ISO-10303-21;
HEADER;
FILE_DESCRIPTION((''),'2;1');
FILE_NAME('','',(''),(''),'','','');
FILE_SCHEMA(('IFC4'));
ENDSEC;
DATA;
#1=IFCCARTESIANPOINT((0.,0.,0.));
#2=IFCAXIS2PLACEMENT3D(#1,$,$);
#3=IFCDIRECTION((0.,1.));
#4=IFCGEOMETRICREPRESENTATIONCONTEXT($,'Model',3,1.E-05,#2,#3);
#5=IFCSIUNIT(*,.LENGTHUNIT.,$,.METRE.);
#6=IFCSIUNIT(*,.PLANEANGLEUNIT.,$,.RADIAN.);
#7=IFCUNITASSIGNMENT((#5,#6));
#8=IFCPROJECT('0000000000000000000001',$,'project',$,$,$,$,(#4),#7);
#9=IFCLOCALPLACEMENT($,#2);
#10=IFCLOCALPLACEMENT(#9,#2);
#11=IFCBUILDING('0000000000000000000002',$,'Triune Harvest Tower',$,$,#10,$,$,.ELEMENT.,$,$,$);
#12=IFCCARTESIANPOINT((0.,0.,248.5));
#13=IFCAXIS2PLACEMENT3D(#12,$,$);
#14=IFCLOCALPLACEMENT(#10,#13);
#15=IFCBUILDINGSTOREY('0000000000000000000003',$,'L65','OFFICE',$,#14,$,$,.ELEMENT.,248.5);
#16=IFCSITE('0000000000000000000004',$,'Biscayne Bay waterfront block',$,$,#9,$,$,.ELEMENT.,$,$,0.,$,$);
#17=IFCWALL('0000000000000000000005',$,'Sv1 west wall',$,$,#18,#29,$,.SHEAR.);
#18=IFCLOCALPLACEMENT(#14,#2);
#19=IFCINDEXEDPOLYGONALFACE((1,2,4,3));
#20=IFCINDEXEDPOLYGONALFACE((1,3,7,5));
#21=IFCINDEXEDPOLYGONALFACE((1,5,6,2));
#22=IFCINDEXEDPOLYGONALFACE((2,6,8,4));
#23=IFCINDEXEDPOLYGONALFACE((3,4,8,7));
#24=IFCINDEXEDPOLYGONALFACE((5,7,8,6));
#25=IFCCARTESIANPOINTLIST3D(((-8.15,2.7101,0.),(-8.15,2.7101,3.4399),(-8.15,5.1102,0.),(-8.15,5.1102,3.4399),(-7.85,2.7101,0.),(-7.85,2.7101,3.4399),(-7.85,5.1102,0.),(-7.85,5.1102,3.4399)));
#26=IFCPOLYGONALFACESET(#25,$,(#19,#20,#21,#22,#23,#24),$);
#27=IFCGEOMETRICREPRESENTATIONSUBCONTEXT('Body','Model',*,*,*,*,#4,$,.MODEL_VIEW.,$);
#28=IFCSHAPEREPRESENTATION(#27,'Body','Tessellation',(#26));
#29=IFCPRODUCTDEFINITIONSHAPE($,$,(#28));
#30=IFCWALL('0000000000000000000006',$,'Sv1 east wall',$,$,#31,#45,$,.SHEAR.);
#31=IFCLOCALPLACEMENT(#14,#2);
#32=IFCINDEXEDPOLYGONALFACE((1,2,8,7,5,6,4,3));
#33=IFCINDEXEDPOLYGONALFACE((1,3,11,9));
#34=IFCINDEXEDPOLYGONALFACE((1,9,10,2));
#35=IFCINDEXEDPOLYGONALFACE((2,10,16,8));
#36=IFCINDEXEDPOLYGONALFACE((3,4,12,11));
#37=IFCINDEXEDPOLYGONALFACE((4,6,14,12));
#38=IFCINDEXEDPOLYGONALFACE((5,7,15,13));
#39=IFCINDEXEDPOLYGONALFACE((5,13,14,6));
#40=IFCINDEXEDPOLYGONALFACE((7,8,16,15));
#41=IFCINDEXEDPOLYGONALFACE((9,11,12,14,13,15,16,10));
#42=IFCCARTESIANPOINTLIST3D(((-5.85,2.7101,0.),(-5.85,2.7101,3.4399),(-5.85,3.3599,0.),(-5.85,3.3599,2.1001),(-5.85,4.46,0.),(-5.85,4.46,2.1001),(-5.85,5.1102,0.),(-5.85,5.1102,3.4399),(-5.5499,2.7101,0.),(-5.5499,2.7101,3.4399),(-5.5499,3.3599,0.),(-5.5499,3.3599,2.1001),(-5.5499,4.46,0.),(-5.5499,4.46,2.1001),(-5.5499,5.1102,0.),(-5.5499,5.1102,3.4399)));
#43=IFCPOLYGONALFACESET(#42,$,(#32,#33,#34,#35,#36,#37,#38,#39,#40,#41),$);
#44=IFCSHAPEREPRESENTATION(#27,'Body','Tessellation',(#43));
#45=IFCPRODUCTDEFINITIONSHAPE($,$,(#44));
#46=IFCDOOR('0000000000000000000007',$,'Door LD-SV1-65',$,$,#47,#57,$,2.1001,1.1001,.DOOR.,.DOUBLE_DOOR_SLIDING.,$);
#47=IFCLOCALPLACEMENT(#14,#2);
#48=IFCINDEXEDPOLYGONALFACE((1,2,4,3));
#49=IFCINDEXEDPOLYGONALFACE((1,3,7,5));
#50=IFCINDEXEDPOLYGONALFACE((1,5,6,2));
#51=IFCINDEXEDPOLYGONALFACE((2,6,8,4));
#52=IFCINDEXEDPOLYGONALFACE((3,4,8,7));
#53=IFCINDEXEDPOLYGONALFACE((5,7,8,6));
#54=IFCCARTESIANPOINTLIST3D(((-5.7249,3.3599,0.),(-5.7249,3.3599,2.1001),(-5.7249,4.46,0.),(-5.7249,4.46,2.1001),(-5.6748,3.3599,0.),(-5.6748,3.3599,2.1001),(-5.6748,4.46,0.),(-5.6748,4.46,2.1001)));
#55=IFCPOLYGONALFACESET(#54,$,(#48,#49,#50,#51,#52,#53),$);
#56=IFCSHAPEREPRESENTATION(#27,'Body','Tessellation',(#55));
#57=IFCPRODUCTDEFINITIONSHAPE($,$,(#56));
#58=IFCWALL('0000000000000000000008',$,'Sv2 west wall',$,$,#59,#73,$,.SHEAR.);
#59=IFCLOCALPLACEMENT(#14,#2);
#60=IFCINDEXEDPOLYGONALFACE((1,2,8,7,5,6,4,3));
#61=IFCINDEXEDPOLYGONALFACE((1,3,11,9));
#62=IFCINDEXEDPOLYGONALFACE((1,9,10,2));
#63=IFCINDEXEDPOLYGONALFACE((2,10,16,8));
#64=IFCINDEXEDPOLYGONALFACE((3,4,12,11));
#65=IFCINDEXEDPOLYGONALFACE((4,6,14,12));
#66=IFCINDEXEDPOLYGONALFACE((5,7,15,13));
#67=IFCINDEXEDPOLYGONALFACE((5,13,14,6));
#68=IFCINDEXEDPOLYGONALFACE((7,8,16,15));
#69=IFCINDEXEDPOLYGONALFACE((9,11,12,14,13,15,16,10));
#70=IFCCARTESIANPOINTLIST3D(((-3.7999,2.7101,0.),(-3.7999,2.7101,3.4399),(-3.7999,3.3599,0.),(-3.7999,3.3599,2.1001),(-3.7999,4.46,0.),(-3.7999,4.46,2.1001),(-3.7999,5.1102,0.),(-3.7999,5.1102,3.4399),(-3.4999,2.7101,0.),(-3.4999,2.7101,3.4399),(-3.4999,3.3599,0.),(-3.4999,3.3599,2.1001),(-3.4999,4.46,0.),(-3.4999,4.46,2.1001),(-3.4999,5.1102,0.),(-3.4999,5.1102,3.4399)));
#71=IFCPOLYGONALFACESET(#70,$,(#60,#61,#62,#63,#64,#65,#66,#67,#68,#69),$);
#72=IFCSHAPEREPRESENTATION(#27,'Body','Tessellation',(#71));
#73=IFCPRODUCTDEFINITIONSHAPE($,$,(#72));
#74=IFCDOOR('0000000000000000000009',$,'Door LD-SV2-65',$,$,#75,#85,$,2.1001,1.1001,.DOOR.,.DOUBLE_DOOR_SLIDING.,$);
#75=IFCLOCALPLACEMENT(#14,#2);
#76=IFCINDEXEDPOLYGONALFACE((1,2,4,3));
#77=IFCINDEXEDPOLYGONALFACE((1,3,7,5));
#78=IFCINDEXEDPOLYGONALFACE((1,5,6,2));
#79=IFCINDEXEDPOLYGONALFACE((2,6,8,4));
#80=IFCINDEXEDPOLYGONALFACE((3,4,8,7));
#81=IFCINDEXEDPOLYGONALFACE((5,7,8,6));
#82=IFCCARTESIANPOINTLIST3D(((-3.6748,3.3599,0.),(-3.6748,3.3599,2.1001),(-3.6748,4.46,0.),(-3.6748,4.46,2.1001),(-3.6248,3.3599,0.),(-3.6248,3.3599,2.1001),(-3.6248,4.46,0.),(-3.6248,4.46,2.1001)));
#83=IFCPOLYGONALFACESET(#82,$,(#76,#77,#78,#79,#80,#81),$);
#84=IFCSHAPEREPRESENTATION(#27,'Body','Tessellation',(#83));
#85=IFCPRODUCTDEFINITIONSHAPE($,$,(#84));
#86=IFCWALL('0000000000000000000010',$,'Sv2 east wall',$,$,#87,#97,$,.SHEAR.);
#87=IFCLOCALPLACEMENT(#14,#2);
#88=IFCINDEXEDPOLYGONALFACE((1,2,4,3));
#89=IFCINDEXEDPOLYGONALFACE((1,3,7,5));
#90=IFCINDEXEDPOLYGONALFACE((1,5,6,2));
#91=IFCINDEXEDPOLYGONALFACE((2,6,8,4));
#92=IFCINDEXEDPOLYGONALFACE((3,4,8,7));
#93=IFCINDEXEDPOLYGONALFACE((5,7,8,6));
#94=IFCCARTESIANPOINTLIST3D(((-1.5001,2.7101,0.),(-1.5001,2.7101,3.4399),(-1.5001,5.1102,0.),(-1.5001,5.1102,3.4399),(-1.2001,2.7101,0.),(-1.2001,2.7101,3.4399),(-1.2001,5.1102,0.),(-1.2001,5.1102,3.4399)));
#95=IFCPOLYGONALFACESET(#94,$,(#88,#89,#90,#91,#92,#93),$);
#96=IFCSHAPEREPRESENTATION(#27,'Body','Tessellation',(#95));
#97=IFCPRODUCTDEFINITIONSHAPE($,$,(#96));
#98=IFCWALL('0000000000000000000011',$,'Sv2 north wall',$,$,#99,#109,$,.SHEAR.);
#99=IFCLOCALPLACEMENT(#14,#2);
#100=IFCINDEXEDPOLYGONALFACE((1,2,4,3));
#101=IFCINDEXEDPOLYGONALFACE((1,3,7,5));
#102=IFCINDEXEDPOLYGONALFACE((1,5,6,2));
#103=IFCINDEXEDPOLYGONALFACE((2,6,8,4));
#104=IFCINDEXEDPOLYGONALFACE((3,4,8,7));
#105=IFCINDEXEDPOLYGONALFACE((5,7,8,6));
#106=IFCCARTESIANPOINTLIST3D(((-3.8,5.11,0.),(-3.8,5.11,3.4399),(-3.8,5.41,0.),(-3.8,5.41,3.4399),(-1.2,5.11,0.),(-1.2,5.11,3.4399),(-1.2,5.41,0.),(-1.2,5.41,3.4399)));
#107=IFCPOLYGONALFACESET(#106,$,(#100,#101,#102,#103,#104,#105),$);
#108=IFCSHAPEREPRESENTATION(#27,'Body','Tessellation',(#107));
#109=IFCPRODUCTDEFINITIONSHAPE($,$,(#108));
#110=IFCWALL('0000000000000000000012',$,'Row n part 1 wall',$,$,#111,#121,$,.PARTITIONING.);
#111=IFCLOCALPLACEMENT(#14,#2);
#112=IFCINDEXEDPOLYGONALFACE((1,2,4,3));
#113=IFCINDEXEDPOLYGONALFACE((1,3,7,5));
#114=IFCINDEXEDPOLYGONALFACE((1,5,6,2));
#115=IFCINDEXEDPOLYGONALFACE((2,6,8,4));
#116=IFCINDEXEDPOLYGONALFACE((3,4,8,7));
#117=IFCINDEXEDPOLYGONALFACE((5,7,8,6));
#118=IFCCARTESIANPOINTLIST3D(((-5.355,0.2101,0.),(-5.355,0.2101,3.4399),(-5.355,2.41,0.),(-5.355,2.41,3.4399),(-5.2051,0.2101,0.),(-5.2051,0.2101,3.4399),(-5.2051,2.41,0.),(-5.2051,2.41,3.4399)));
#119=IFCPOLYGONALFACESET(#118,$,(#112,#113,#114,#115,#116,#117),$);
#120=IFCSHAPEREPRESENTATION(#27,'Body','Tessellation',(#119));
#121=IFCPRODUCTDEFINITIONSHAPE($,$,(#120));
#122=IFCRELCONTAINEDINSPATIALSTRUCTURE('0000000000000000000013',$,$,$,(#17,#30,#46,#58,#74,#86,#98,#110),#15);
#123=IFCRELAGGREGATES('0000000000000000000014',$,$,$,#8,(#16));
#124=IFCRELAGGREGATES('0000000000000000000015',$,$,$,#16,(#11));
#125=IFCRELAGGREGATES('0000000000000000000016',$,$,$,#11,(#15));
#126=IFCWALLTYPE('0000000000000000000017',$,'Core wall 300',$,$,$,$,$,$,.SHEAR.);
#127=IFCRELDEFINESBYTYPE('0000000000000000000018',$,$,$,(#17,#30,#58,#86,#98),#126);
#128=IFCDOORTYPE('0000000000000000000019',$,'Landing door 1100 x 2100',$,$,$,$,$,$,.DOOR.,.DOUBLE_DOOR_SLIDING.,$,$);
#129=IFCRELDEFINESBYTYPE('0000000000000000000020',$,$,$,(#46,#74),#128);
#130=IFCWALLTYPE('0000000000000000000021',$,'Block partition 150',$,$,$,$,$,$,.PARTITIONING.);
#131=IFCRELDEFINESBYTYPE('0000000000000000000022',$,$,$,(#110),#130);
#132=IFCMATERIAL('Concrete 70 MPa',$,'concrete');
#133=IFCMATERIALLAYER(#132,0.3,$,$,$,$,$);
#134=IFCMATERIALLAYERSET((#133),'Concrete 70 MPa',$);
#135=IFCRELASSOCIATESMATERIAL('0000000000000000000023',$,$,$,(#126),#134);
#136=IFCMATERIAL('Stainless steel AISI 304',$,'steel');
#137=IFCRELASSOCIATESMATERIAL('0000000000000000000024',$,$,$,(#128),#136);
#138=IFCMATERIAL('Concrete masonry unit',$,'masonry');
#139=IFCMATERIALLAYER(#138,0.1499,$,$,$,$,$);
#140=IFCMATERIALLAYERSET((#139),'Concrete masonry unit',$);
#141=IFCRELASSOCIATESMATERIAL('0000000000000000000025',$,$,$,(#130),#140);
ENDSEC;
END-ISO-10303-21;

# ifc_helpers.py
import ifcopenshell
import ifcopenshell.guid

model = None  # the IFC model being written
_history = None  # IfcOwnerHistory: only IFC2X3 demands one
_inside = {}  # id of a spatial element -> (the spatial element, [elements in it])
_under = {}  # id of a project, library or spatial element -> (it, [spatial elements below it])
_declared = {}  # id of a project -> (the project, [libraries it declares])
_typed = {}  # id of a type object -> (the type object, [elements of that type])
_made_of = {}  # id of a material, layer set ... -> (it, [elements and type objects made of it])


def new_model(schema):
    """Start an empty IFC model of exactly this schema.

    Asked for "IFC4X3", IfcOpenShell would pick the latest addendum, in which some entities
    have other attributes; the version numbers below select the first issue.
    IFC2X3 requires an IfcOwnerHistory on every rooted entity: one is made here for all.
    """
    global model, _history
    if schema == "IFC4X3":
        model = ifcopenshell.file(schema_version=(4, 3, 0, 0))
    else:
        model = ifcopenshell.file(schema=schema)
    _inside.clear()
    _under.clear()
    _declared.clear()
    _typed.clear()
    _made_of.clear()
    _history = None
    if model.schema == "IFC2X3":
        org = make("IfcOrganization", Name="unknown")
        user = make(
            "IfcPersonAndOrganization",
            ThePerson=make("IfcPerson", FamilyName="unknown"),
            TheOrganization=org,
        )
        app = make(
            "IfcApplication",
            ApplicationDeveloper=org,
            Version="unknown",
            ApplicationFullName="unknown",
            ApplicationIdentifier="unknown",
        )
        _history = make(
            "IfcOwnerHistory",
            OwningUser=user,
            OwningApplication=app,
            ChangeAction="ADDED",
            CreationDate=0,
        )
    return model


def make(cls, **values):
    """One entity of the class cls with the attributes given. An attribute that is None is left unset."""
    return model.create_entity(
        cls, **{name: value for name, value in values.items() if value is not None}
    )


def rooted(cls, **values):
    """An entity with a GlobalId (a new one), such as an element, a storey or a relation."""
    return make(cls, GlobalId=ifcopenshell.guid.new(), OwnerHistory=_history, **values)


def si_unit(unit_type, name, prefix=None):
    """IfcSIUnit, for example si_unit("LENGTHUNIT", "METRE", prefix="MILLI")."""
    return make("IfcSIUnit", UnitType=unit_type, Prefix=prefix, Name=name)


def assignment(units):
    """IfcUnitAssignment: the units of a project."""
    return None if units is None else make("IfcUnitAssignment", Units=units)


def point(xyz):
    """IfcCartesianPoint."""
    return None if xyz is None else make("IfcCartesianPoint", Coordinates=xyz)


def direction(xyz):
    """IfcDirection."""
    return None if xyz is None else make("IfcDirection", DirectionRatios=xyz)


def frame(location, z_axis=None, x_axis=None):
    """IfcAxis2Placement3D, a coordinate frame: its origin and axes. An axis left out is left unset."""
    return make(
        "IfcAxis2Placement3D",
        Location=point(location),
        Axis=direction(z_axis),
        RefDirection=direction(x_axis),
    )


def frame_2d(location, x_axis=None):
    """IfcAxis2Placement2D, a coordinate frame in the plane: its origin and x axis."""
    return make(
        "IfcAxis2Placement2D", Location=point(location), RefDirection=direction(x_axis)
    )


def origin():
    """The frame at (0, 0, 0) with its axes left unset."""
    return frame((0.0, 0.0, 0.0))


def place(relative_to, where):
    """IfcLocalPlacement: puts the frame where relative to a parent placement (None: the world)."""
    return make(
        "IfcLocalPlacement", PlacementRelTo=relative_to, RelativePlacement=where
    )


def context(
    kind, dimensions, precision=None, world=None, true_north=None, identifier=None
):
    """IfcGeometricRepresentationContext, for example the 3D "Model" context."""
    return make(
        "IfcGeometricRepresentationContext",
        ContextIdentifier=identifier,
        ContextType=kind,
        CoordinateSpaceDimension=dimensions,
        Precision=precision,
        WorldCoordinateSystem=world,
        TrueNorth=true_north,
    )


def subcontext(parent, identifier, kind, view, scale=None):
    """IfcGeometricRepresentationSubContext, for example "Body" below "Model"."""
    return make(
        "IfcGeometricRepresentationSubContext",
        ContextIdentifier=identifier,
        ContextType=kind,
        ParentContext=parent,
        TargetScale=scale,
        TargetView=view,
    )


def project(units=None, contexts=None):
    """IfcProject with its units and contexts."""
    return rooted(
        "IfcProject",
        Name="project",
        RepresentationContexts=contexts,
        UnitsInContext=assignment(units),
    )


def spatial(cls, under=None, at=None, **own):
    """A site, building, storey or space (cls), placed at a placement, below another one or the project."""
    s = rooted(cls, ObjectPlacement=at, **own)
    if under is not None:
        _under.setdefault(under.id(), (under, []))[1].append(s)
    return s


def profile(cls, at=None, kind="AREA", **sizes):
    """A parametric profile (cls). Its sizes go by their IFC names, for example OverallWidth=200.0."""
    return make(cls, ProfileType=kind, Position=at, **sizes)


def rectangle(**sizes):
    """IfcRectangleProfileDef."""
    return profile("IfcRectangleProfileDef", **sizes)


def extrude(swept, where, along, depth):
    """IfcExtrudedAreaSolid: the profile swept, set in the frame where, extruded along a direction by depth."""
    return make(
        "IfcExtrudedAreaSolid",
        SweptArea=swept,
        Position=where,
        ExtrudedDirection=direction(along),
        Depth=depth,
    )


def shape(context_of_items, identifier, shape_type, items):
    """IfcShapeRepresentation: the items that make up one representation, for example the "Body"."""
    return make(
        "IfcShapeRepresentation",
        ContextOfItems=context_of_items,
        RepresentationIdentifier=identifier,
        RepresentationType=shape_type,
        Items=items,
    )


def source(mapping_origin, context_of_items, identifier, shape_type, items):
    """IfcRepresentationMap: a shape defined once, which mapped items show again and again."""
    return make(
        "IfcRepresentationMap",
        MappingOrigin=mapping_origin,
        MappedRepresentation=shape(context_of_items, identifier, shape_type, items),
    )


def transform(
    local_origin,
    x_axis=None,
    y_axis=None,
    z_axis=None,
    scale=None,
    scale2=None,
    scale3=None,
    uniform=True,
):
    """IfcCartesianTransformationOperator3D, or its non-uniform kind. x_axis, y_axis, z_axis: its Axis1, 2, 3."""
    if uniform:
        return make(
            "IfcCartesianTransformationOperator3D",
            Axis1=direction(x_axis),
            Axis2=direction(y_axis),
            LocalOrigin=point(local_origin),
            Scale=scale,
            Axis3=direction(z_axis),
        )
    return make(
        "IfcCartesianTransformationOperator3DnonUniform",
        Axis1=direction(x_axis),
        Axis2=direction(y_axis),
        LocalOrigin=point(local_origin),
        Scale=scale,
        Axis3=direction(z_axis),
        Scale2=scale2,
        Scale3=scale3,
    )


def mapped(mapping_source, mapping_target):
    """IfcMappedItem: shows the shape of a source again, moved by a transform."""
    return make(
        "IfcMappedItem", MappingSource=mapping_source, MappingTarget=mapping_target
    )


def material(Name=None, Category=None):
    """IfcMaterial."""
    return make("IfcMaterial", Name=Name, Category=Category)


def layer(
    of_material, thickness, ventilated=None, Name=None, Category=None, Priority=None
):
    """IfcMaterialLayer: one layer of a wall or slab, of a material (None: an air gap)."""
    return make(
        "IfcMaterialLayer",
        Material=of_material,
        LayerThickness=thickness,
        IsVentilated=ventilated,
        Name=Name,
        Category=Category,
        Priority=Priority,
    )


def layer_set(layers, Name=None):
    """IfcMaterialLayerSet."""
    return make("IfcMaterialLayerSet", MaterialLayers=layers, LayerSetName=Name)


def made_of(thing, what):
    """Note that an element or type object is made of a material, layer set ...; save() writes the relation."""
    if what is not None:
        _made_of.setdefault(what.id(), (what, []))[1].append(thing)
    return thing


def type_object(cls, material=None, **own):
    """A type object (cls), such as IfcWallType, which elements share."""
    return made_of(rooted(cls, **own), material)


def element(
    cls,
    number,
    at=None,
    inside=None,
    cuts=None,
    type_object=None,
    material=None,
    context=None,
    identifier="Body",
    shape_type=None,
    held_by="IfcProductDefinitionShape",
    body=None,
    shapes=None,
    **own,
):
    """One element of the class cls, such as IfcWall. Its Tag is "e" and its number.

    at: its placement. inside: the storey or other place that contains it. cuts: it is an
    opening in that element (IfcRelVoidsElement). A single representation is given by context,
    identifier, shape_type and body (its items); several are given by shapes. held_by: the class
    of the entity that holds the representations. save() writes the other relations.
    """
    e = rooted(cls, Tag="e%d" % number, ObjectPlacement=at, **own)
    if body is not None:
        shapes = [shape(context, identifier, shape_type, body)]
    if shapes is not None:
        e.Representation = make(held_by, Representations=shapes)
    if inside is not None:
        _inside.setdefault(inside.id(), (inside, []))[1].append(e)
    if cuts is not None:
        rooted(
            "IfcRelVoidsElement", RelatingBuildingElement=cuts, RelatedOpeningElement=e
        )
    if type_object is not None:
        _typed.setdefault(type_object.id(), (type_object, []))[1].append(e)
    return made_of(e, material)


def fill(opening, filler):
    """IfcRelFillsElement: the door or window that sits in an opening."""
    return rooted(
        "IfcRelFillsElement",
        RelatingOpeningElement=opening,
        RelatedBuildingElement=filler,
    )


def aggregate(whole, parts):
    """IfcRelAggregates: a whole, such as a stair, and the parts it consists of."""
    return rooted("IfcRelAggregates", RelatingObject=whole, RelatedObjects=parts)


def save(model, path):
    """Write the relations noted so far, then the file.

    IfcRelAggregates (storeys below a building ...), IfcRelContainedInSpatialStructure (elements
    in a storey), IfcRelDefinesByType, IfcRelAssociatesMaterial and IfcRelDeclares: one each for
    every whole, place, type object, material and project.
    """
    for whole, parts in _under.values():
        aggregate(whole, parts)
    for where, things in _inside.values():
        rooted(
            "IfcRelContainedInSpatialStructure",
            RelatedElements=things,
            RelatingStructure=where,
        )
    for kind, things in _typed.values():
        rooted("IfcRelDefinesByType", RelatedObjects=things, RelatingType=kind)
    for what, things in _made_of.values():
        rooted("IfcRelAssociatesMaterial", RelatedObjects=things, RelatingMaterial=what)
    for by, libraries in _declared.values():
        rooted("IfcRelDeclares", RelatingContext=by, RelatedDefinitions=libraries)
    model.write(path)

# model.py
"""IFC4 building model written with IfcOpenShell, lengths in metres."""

from ifc_helpers import new_model, si_unit, direction, frame, frame_2d, origin, place, context, subcontext, project, spatial, rectangle, extrude, source, transform, mapped, material, layer, layer_set, type_object, element, fill, save


model = new_model("IFC4")

# Units and contexts
model_context = context("Model", 3, precision=1e-05, world=origin(), true_north=direction((0.0, 1.0)))
body_context = subcontext(model_context, "Body", "Model", "MODEL_VIEW")
ifc_project = project(units=[si_unit("LENGTHUNIT", "METRE"), si_unit("PLANEANGLEUNIT", "RADIAN")], contexts=[model_context])

# Site, building, storey
site_placement = place(None, origin())
site = spatial("IfcSite", under=ifc_project, at=site_placement, Name="Biscayne Bay waterfront block", CompositionType="ELEMENT", RefElevation=0.0)
building_placement = place(site_placement, origin())
building = spatial("IfcBuilding", under=site, at=building_placement, Name="Triune Harvest Tower", CompositionType="ELEMENT")
storey_placement = place(building_placement, frame((0.0, 0.0, 248.5)))
storey = spatial("IfcBuildingStorey", under=building, at=storey_placement, Name="L65", Description="OFFICE", CompositionType="ELEMENT", Elevation=248.5)

# Shared definitions
ifc_material_1 = material(Name="Concrete 70 MPa", Category="concrete")
ifc_layer_1 = layer(ifc_material_1, 0.3)
ifc_layer_set_1 = layer_set([ifc_layer_1], Name="Concrete 70 MPa")
wall_type_1 = type_object("IfcWallType", Name="Core wall 300", PredefinedType="SHEAR", material=ifc_layer_set_1)

# Wall
shared_shape_1 = source(origin(), body_context, "Body", "SweptSolid", [
    extrude(rectangle(XDim=2.4001, YDim=0.3, at=frame_2d((1.2002, 0.0))), origin(), (0.0, 0.0, 1.0), 3.4399),
])
wall_1_placement = place(storey_placement, frame((-8.0, 2.71, 0.0), z_axis=(0.0, 0.0, 1.0), x_axis=(0.0, 1.0, 0.0)))
element("IfcWall", 1, at=wall_1_placement, inside=storey, type_object=wall_type_1, Name="Sv1 west wall", PredefinedType="SHEAR", context=body_context, shape_type="MappedRepresentation", body=[
    mapped(shared_shape_1, transform((0.0, 0.0, 0.0), scale=1.0)),
])

# Walls, openings, doors
wall_2_placement = place(storey_placement, frame((-5.7, 2.71, 0.0), z_axis=(0.0, 0.0, 1.0), x_axis=(0.0, 1.0, 0.0)))
wall_2 = element("IfcWall", 2, at=wall_2_placement, inside=storey, type_object=wall_type_1, Name="Sv1 east wall", PredefinedType="SHEAR", context=body_context, shape_type="MappedRepresentation", body=[
    mapped(shared_shape_1, transform((0.0, 0.0, 0.0), scale=1.0)),
])
opening_1_placement = place(wall_2_placement, frame((0.6499, 0.0, 0.0)))
opening_1 = element("IfcOpeningElement", 3, at=opening_1_placement, cuts=wall_2, PredefinedType="OPENING", context=body_context, shape_type="SweptSolid", body=[
    extrude(rectangle(XDim=1.1001, YDim=2.1001, at=frame_2d((0.55, 1.05))), frame((0.0, 0.1602, 0.0), z_axis=(0.0, -1.0, 0.0), x_axis=(1.0, 0.0, 0.0)), (0.0, 0.0, 1.0), 0.3201),
])
ifc_material_2 = material(Name="Stainless steel AISI 304", Category="steel")
door_type_1 = type_object("IfcDoorType", Name="Landing door 1100 x 2100", OperationType="DOUBLE_DOOR_SLIDING", PredefinedType="DOOR", material=ifc_material_2)
door_1_placement = place(opening_1_placement, origin())
door_1 = element("IfcDoor", 4, at=door_1_placement, inside=storey, type_object=door_type_1, Name="Door LD-SV1-65", OperationType="DOUBLE_DOOR_SLIDING", OverallHeight=2.1001, OverallWidth=1.1001, PredefinedType="DOOR", context=body_context, shape_type="SweptSolid", body=[
    extrude(rectangle(XDim=1.1001, YDim=2.1001, at=frame_2d((0.55, 1.05))), frame((0.0, 0.0249, 0.0), z_axis=(0.0, -1.0, 0.0), x_axis=(1.0, 0.0, 0.0)), (0.0, 0.0, 1.0), 0.05),
])
fill(opening_1, door_1)
wall_3_placement = place(storey_placement, frame((-3.6499, 2.71, 0.0), z_axis=(0.0, 0.0, 1.0), x_axis=(0.0, 1.0, 0.0)))
wall_3 = element("IfcWall", 5, at=wall_3_placement, inside=storey, type_object=wall_type_1, Name="Sv2 west wall", PredefinedType="SHEAR", context=body_context, shape_type="MappedRepresentation", body=[
    mapped(shared_shape_1, transform((0.0, 0.0, 0.0), scale=1.0)),
])
opening_2_placement = place(wall_3_placement, frame((0.6499, 0.0, 0.0)))
opening_2 = element("IfcOpeningElement", 6, at=opening_2_placement, cuts=wall_3, PredefinedType="OPENING", context=body_context, shape_type="SweptSolid", body=[
    extrude(rectangle(XDim=1.1001, YDim=2.1001, at=frame_2d((0.55, 1.05))), frame((0.0, 0.1602, 0.0), z_axis=(0.0, -1.0, 0.0), x_axis=(1.0, 0.0, 0.0)), (0.0, 0.0, 1.0), 0.3201),
])
door_2_placement = place(opening_2_placement, origin())
door_2 = element("IfcDoor", 7, at=door_2_placement, inside=storey, type_object=door_type_1, Name="Door LD-SV2-65", OperationType="DOUBLE_DOOR_SLIDING", OverallHeight=2.1001, OverallWidth=1.1001, PredefinedType="DOOR", context=body_context, shape_type="SweptSolid", body=[
    extrude(rectangle(XDim=1.1001, YDim=2.1001, at=frame_2d((0.55, 1.05))), frame((0.0, 0.0249, 0.0), z_axis=(0.0, -1.0, 0.0), x_axis=(1.0, 0.0, 0.0)), (0.0, 0.0, 1.0), 0.05),
])
fill(opening_2, door_2)

# Walls
wall_4_placement = place(storey_placement, frame((-1.3501, 2.71, 0.0), z_axis=(0.0, 0.0, 1.0), x_axis=(0.0, 1.0, 0.0)))
element("IfcWall", 8, at=wall_4_placement, inside=storey, type_object=wall_type_1, Name="Sv2 east wall", PredefinedType="SHEAR", context=body_context, shape_type="MappedRepresentation", body=[
    mapped(shared_shape_1, transform((0.0, 0.0, 0.0), scale=1.0)),
])
shared_shape_2 = source(origin(), body_context, "Body", "SweptSolid", [
    extrude(rectangle(XDim=2.6001, YDim=0.3, at=frame_2d((1.3, 0.0))), origin(), (0.0, 0.0, 1.0), 3.4399),
])
wall_5_placement = place(storey_placement, frame((-3.8, 5.26, 0.0), z_axis=(0.0, 0.0, 1.0), x_axis=(1.0, 0.0, 0.0)))
element("IfcWall", 9, at=wall_5_placement, inside=storey, type_object=wall_type_1, Name="Sv2 north wall", PredefinedType="SHEAR", context=body_context, shape_type="MappedRepresentation", body=[
    mapped(shared_shape_2, transform((0.0, 0.0, 0.0), scale=1.0)),
])
ifc_material_3 = material(Name="Concrete masonry unit", Category="masonry")
ifc_layer_2 = layer(ifc_material_3, 0.1499)
ifc_layer_set_2 = layer_set([ifc_layer_2], Name="Concrete masonry unit")
wall_type_2 = type_object("IfcWallType", Name="Block partition 150", PredefinedType="PARTITIONING", material=ifc_layer_set_2)
shared_shape_3 = source(origin(), body_context, "Body", "SweptSolid", [
    extrude(rectangle(XDim=2.2, YDim=0.1499, at=frame_2d((1.1001, 0.0))), origin(), (0.0, 0.0, 1.0), 3.4399),
])
wall_6_placement = place(storey_placement, frame((-5.28, 0.21, 0.0), z_axis=(0.0, 0.0, 1.0), x_axis=(0.0, 1.0, 0.0)))
element("IfcWall", 10, at=wall_6_placement, inside=storey, type_object=wall_type_2, Name="Row n part 1 wall", PredefinedType="PARTITIONING", context=body_context, shape_type="MappedRepresentation", body=[
    mapped(shared_shape_3, transform((0.0, 0.0, 0.0), scale=1.0)),
])

save(model, "model.ifc")
